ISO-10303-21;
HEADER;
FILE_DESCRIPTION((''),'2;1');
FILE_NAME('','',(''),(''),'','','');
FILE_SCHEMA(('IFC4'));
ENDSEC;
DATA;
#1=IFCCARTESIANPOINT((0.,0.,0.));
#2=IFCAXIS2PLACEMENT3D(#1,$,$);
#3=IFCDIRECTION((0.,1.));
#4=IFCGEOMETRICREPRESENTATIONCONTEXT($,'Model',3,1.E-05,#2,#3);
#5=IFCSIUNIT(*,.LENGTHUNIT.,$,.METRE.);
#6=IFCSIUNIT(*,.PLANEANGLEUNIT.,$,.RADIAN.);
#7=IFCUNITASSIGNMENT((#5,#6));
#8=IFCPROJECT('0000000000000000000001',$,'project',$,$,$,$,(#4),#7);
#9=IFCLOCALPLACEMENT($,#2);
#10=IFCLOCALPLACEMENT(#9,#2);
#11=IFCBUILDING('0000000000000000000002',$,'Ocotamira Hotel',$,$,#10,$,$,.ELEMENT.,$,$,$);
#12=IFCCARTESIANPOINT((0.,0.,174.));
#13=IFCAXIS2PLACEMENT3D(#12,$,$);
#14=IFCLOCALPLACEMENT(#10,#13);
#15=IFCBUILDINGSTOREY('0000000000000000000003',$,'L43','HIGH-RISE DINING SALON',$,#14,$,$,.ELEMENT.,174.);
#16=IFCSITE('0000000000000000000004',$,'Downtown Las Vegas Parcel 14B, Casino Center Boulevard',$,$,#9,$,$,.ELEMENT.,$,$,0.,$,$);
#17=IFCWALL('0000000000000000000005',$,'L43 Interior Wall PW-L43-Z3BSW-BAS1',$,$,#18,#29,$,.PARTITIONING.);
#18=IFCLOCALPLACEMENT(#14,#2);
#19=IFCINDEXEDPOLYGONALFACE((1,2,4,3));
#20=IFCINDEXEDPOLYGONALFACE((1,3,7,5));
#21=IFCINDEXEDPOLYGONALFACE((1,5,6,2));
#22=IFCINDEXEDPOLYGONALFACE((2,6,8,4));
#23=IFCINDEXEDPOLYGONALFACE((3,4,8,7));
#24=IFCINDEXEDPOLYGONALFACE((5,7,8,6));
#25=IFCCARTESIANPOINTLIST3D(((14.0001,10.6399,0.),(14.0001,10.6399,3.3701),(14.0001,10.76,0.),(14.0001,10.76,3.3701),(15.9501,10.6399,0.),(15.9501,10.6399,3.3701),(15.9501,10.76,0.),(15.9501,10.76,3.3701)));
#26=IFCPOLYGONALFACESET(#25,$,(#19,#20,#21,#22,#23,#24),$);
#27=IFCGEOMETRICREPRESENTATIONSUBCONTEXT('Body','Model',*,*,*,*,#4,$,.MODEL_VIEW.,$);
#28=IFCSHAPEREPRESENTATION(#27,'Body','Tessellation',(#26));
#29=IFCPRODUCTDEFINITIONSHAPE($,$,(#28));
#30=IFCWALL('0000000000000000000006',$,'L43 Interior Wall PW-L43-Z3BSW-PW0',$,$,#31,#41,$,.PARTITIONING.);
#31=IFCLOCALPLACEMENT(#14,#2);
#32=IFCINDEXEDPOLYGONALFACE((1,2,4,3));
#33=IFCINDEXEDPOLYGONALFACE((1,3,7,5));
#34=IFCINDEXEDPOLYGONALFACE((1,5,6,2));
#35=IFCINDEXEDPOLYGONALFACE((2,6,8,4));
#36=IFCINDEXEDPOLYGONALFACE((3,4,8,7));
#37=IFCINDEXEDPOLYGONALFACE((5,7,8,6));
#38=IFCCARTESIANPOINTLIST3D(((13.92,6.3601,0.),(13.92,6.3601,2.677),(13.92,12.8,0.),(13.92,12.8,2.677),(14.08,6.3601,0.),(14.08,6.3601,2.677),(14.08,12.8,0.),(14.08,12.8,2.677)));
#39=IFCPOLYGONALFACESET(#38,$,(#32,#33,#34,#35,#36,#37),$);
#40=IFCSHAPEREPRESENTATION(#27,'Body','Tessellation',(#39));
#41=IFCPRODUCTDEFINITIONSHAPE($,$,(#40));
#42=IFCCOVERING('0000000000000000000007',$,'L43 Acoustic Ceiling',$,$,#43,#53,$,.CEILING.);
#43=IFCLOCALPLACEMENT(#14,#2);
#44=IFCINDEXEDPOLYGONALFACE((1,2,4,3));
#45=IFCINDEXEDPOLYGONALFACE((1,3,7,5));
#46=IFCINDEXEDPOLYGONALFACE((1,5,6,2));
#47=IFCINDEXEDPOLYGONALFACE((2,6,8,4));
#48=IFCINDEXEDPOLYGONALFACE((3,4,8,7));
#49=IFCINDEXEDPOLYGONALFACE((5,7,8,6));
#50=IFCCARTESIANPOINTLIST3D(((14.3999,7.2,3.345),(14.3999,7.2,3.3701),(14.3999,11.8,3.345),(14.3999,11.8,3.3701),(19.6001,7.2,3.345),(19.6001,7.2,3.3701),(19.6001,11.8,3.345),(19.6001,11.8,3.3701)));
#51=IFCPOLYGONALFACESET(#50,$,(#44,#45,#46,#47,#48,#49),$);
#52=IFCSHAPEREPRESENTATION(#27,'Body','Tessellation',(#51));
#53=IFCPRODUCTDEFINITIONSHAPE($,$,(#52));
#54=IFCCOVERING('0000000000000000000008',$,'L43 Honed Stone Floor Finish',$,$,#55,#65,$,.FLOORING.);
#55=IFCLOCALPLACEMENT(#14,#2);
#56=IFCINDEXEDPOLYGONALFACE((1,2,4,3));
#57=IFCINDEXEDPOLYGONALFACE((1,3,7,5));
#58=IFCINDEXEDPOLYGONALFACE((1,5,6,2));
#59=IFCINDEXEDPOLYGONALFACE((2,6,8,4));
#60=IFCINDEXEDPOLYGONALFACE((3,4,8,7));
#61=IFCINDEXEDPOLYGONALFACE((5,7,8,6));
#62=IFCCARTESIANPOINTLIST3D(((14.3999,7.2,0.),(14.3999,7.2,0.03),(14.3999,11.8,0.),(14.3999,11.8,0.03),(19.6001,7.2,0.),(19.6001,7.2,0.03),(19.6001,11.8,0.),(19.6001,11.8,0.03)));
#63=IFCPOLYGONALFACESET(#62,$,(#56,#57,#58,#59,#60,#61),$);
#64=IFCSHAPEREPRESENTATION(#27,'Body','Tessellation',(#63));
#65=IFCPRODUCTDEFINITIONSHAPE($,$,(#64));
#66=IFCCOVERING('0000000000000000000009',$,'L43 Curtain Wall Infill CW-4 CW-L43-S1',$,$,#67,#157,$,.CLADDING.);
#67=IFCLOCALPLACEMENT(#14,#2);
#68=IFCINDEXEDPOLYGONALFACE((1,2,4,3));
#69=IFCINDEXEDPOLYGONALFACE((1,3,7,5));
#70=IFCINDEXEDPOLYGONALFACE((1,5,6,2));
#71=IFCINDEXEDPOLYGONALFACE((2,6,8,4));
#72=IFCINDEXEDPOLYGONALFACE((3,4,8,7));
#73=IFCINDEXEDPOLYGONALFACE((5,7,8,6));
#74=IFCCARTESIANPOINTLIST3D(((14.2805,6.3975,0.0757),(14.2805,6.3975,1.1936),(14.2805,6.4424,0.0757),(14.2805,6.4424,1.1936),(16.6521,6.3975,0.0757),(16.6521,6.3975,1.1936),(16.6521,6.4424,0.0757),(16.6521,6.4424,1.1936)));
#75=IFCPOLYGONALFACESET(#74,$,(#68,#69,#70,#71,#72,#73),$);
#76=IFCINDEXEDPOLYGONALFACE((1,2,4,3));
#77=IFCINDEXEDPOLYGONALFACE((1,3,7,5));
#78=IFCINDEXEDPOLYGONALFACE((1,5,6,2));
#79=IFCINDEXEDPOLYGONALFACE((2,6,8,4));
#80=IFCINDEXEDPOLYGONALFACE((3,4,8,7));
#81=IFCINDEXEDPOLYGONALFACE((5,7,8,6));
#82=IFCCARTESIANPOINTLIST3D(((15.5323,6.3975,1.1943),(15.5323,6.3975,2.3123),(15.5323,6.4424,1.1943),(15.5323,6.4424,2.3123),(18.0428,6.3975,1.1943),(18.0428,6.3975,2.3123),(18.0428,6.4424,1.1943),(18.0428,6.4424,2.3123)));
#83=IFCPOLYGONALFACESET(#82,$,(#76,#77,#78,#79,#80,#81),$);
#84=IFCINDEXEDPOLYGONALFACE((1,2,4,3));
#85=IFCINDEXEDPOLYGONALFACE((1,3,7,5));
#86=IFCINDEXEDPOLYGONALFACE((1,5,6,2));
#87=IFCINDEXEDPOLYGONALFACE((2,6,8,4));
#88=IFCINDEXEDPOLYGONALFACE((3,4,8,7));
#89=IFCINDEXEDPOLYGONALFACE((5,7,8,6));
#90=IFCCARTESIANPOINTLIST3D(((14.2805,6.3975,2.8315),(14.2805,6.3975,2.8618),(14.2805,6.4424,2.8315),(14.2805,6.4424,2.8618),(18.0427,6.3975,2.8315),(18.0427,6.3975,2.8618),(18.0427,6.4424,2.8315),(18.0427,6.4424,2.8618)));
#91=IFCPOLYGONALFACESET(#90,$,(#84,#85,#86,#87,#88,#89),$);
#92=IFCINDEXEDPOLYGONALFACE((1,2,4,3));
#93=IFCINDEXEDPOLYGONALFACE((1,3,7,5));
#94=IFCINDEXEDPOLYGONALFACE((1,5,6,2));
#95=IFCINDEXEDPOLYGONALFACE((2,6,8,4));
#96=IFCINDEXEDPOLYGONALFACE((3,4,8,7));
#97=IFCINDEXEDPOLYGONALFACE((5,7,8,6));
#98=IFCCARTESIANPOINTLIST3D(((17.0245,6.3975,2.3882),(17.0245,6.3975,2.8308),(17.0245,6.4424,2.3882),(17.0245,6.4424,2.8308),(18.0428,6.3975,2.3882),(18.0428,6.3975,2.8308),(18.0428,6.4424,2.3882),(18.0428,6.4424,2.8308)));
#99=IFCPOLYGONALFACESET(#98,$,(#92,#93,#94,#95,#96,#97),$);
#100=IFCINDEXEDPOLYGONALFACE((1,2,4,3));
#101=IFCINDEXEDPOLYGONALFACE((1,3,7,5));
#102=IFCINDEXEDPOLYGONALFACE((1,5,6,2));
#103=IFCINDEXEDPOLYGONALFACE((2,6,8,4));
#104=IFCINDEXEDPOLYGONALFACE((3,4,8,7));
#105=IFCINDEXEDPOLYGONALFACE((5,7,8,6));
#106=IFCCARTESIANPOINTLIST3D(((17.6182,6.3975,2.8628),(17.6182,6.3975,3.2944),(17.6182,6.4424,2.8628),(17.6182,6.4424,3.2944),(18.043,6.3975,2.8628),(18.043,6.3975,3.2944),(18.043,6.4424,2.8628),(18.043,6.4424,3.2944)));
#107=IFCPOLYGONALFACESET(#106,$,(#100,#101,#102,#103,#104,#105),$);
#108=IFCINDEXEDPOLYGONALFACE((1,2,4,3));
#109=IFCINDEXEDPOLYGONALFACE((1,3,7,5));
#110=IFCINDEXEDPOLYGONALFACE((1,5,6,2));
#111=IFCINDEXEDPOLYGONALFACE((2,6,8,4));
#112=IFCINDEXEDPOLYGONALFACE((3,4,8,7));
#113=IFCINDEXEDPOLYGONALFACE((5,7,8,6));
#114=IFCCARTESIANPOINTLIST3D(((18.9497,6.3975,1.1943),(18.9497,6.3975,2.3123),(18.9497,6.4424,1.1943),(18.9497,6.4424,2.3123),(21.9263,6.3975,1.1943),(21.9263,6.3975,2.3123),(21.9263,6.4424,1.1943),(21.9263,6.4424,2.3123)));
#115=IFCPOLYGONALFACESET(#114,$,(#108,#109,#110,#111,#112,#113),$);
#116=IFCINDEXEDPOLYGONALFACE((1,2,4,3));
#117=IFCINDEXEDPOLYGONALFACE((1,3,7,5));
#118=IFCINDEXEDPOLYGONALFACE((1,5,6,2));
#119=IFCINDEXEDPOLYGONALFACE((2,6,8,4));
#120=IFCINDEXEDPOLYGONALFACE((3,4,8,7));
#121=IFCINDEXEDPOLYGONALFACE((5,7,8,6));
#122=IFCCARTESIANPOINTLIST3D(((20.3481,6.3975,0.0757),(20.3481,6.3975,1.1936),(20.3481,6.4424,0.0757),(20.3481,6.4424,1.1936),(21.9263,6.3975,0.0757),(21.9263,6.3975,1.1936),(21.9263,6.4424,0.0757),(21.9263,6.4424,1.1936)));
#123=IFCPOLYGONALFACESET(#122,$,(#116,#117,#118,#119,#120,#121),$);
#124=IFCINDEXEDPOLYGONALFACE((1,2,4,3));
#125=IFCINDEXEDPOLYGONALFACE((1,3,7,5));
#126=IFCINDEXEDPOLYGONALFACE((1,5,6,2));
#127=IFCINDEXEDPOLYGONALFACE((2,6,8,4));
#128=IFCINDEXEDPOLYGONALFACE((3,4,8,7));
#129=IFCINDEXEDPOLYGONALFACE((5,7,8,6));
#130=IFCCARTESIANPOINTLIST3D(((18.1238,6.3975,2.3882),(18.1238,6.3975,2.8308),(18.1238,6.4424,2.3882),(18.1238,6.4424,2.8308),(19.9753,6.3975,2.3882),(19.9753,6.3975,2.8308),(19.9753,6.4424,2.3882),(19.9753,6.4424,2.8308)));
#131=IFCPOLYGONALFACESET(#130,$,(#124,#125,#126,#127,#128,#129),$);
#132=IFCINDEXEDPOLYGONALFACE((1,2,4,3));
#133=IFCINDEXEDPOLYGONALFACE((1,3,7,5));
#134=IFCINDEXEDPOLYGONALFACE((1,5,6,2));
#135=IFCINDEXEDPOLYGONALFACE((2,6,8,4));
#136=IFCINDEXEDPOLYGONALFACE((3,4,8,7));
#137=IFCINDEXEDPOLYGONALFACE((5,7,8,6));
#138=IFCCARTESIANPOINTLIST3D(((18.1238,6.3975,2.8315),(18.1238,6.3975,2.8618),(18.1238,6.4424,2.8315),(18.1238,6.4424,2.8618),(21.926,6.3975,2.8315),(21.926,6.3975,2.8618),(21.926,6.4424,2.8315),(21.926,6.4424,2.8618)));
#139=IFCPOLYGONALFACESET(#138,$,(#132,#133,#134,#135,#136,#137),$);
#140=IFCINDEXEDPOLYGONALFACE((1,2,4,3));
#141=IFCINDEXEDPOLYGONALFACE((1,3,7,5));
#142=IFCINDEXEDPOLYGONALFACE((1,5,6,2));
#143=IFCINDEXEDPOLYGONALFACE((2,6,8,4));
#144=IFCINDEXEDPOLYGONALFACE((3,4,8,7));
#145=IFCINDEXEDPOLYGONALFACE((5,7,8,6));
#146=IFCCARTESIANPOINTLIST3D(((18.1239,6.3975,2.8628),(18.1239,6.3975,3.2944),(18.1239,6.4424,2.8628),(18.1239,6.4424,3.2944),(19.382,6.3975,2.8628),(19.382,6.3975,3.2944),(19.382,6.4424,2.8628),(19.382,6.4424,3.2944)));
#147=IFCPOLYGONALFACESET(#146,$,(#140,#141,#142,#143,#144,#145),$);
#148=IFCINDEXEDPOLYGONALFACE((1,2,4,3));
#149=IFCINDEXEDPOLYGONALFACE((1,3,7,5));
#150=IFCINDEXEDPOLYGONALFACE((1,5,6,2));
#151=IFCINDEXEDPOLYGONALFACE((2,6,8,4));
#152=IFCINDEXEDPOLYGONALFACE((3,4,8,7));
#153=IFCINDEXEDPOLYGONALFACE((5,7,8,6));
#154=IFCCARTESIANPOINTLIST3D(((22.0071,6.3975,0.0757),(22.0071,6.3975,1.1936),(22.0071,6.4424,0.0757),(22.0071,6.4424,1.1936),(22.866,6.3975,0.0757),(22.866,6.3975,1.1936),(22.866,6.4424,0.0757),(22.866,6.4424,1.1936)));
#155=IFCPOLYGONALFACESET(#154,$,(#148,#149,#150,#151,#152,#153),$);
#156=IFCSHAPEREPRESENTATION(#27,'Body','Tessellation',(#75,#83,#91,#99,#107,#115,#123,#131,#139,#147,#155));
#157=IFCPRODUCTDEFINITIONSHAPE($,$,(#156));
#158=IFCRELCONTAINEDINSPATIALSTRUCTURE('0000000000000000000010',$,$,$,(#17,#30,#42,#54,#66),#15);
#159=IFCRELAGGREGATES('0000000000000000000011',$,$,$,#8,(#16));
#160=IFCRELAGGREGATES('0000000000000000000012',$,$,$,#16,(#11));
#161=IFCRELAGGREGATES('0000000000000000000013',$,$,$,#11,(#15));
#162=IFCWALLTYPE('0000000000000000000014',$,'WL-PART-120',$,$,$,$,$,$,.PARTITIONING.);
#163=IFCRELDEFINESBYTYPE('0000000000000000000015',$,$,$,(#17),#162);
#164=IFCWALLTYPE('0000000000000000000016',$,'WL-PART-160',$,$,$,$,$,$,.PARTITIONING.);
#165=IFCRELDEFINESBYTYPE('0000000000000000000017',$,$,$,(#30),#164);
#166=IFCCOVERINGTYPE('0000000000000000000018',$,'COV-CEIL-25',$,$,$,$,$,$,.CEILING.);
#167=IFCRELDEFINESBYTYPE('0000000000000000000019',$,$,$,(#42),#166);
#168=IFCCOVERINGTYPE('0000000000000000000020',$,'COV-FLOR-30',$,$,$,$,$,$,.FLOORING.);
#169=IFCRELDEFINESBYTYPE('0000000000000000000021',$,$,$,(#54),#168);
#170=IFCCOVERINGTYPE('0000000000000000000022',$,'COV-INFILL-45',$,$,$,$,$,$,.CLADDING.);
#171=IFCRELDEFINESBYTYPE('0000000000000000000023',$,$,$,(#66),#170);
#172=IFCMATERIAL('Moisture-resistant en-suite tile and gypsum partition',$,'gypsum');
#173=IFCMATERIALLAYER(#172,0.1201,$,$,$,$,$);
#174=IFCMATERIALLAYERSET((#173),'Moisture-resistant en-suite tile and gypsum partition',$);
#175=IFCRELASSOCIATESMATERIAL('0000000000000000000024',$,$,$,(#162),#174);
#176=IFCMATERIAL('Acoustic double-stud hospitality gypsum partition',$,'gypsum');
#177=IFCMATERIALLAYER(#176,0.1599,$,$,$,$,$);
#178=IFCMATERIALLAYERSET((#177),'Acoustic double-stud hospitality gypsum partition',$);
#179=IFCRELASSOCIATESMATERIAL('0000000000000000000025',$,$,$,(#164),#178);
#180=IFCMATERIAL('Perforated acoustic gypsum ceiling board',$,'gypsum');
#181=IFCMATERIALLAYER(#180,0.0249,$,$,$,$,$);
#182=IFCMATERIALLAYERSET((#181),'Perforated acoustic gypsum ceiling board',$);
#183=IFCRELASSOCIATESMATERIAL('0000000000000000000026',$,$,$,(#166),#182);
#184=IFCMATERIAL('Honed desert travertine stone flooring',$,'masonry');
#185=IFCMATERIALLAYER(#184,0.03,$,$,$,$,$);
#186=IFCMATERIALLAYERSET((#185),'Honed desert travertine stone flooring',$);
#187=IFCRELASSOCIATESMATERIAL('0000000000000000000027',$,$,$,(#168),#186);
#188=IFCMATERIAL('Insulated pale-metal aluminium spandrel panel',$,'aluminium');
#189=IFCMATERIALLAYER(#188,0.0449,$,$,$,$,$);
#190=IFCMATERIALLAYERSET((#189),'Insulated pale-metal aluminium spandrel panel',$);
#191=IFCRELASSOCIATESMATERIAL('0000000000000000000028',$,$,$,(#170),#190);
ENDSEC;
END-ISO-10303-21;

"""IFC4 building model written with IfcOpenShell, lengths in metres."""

from ifc_helpers import new_model, si_unit, direction, frame, frame_2d, origin, origin_2d, place, context, subcontext, project, spatial, polyline, rectangle, outline, extrude, material, layer, layer_set, type_object, element, save


model = new_model("IFC4")

# Units and contexts
model_context = context("Model", 3, precision=1e-05, world=origin(), true_north=direction((0.0, 1.0)))
body_context = subcontext(model_context, "Body", "Model", "MODEL_VIEW")
ifc_project = project(units=[si_unit("LENGTHUNIT", "METRE"), si_unit("PLANEANGLEUNIT", "RADIAN")], contexts=[model_context])

# Site, building, storey
site_placement = place(None, origin())
site = spatial("IfcSite", under=ifc_project, at=site_placement, Name="Downtown Las Vegas Parcel 14B, Casino Center Boulevard", CompositionType="ELEMENT", RefElevation=0.0)
building_placement = place(site_placement, origin())
building = spatial("IfcBuilding", under=site, at=building_placement, Name="Ocotamira Hotel", CompositionType="ELEMENT")
storey_placement = place(building_placement, frame((0.0, 0.0, 174.0)))
storey = spatial("IfcBuildingStorey", under=building, at=storey_placement, Name="L43", Description="HIGH-RISE DINING SALON", CompositionType="ELEMENT", Elevation=174.0)

# Walls
ifc_material_1 = material(Name="Moisture-resistant en-suite tile and gypsum partition", Category="gypsum")
ifc_layer_1 = layer(ifc_material_1, 0.1201)
ifc_layer_set_1 = layer_set([ifc_layer_1], Name="Moisture-resistant en-suite tile and gypsum partition")
wall_type_1 = type_object("IfcWallType", Name="WL-PART-120", PredefinedType="PARTITIONING", material=ifc_layer_set_1)
wall_1_placement = place(storey_placement, frame((14.0, 10.7, 0.0), z_axis=(0.0, 0.0, 1.0), x_axis=(1.0, 0.0, 0.0)))
element("IfcWall", 1, at=wall_1_placement, inside=storey, type_object=wall_type_1, Name="L43 Interior Wall PW-L43-Z3BSW-BAS1", PredefinedType="PARTITIONING", context=body_context, shape_type="SweptSolid", body=[
    extrude(rectangle(XDim=1.95, YDim=0.1201, at=frame_2d((0.9751, 0.0))), origin(), (0.0, 0.0, 1.0), 3.3701),
])
ifc_material_2 = material(Name="Acoustic double-stud hospitality gypsum partition", Category="gypsum")
ifc_layer_2 = layer(ifc_material_2, 0.1599)
ifc_layer_set_2 = layer_set([ifc_layer_2], Name="Acoustic double-stud hospitality gypsum partition")
wall_type_2 = type_object("IfcWallType", Name="WL-PART-160", PredefinedType="PARTITIONING", material=ifc_layer_set_2)
wall_2_placement = place(storey_placement, frame((14.0, 6.3601, 0.0), z_axis=(0.0, 0.0, 1.0), x_axis=(0.0, 1.0, 0.0)))
element("IfcWall", 2, at=wall_2_placement, inside=storey, type_object=wall_type_2, Name="L43 Interior Wall PW-L43-Z3BSW-PW0", PredefinedType="PARTITIONING", context=body_context, shape_type="SweptSolid", body=[
    extrude(rectangle(XDim=6.4399, YDim=0.1599, at=frame_2d((3.22, 0.0))), origin(), (0.0, 0.0, 1.0), 2.677),
])

# Coverings
ifc_material_3 = material(Name="Perforated acoustic gypsum ceiling board", Category="gypsum")
ifc_layer_3 = layer(ifc_material_3, 0.0249)
ifc_layer_set_3 = layer_set([ifc_layer_3], Name="Perforated acoustic gypsum ceiling board")
covering_type_1 = type_object("IfcCoveringType", Name="COV-CEIL-25", PredefinedType="CEILING", material=ifc_layer_set_3)
covering_1_placement = place(storey_placement, frame((0.0, 0.0, 3.345)))
element("IfcCovering", 3, at=covering_1_placement, inside=storey, type_object=covering_type_1, Name="L43 Acoustic Ceiling", PredefinedType="CEILING", context=body_context, shape_type="SweptSolid", body=[
    extrude(outline(polyline([(14.3999, 7.2), (19.6001, 7.2), (19.6001, 11.8), (14.3999, 11.8), (14.3999, 7.2)])), origin(), (0.0, 0.0, 1.0), 0.0251),
])
ifc_material_4 = material(Name="Honed desert travertine stone flooring", Category="masonry")
ifc_layer_4 = layer(ifc_material_4, 0.03)
ifc_layer_set_4 = layer_set([ifc_layer_4], Name="Honed desert travertine stone flooring")
covering_type_2 = type_object("IfcCoveringType", Name="COV-FLOR-30", PredefinedType="FLOORING", material=ifc_layer_set_4)
covering_2_placement = place(storey_placement, origin())
element("IfcCovering", 4, at=covering_2_placement, inside=storey, type_object=covering_type_2, Name="L43 Honed Stone Floor Finish", PredefinedType="FLOORING", context=body_context, shape_type="SweptSolid", body=[
    extrude(outline(polyline([(14.3999, 7.2), (19.6001, 7.2), (19.6001, 11.8), (14.3999, 11.8), (14.3999, 7.2)])), origin(), (0.0, 0.0, 1.0), 0.03),
])
ifc_material_5 = material(Name="Insulated pale-metal aluminium spandrel panel", Category="aluminium")
ifc_layer_5 = layer(ifc_material_5, 0.0449)
ifc_layer_set_5 = layer_set([ifc_layer_5], Name="Insulated pale-metal aluminium spandrel panel")
covering_type_3 = type_object("IfcCoveringType", Name="COV-INFILL-45", PredefinedType="CLADDING", material=ifc_layer_set_5)
covering_3_placement = place(storey_placement, origin())
element("IfcCovering", 5, at=covering_3_placement, inside=storey, type_object=covering_type_3, Name="L43 Curtain Wall Infill CW-4 CW-L43-S1", PredefinedType="CLADDING", context=body_context, shape_type="SweptSolid", body=[
    extrude(rectangle(XDim=2.3716, YDim=0.0449, at=origin_2d()), frame((15.4663, 6.4199, 0.0757), z_axis=(0.0, 0.0, 1.0), x_axis=(1.0, 0.0, 0.0)), (0.0, 0.0, 1.0), 1.1179),
    extrude(rectangle(XDim=2.5105, YDim=0.0449, at=origin_2d()), frame((16.7876, 6.4199, 1.1943), z_axis=(0.0, 0.0, 1.0), x_axis=(1.0, 0.0, 0.0)), (0.0, 0.0, 1.0), 1.1179),
    extrude(rectangle(XDim=3.7622, YDim=0.0449, at=origin_2d()), frame((16.1616, 6.4199, 2.8315), z_axis=(0.0, 0.0, 1.0), x_axis=(1.0, 0.0, 0.0)), (0.0, 0.0, 1.0), 0.0303),
    extrude(rectangle(XDim=1.0183, YDim=0.0449, at=origin_2d()), frame((17.5337, 6.4199, 2.3882), z_axis=(0.0, 0.0, 1.0), x_axis=(1.0, 0.0, 0.0)), (0.0, 0.0, 1.0), 0.4426),
    extrude(rectangle(XDim=0.4248, YDim=0.0449, at=origin_2d()), frame((17.8306, 6.4199, 2.8628), z_axis=(0.0, 0.0, 1.0), x_axis=(1.0, 0.0, 0.0)), (0.0, 0.0, 1.0), 0.4316),
    extrude(rectangle(XDim=2.9766, YDim=0.0449, at=origin_2d()), frame((20.438, 6.4199, 1.1943), z_axis=(0.0, 0.0, 1.0), x_axis=(1.0, 0.0, 0.0)), (0.0, 0.0, 1.0), 1.1179),
    extrude(rectangle(XDim=1.5781, YDim=0.0449, at=origin_2d()), frame((21.1372, 6.4199, 0.0757), z_axis=(0.0, 0.0, 1.0), x_axis=(1.0, 0.0, 0.0)), (0.0, 0.0, 1.0), 1.1179),
    extrude(rectangle(XDim=1.8516, YDim=0.0449, at=origin_2d()), frame((19.0496, 6.4199, 2.3882), z_axis=(0.0, 0.0, 1.0), x_axis=(1.0, 0.0, 0.0)), (0.0, 0.0, 1.0), 0.4426),
    extrude(rectangle(XDim=3.8022, YDim=0.0449, at=origin_2d()), frame((20.0249, 6.4199, 2.8315), z_axis=(0.0, 0.0, 1.0), x_axis=(1.0, 0.0, 0.0)), (0.0, 0.0, 1.0), 0.0303),
    extrude(rectangle(XDim=1.2581, YDim=0.0449, at=origin_2d()), frame((18.7529, 6.4199, 2.8628), z_axis=(0.0, 0.0, 1.0), x_axis=(1.0, 0.0, 0.0)), (0.0, 0.0, 1.0), 0.4316),
    extrude(rectangle(XDim=0.8589, YDim=0.0449, at=origin_2d()), frame((22.4365, 6.4199, 0.0757), z_axis=(0.0, 0.0, 1.0), x_axis=(1.0, 0.0, 0.0)), (0.0, 0.0, 1.0), 1.1179),
])

save(model, "model.ifc")
